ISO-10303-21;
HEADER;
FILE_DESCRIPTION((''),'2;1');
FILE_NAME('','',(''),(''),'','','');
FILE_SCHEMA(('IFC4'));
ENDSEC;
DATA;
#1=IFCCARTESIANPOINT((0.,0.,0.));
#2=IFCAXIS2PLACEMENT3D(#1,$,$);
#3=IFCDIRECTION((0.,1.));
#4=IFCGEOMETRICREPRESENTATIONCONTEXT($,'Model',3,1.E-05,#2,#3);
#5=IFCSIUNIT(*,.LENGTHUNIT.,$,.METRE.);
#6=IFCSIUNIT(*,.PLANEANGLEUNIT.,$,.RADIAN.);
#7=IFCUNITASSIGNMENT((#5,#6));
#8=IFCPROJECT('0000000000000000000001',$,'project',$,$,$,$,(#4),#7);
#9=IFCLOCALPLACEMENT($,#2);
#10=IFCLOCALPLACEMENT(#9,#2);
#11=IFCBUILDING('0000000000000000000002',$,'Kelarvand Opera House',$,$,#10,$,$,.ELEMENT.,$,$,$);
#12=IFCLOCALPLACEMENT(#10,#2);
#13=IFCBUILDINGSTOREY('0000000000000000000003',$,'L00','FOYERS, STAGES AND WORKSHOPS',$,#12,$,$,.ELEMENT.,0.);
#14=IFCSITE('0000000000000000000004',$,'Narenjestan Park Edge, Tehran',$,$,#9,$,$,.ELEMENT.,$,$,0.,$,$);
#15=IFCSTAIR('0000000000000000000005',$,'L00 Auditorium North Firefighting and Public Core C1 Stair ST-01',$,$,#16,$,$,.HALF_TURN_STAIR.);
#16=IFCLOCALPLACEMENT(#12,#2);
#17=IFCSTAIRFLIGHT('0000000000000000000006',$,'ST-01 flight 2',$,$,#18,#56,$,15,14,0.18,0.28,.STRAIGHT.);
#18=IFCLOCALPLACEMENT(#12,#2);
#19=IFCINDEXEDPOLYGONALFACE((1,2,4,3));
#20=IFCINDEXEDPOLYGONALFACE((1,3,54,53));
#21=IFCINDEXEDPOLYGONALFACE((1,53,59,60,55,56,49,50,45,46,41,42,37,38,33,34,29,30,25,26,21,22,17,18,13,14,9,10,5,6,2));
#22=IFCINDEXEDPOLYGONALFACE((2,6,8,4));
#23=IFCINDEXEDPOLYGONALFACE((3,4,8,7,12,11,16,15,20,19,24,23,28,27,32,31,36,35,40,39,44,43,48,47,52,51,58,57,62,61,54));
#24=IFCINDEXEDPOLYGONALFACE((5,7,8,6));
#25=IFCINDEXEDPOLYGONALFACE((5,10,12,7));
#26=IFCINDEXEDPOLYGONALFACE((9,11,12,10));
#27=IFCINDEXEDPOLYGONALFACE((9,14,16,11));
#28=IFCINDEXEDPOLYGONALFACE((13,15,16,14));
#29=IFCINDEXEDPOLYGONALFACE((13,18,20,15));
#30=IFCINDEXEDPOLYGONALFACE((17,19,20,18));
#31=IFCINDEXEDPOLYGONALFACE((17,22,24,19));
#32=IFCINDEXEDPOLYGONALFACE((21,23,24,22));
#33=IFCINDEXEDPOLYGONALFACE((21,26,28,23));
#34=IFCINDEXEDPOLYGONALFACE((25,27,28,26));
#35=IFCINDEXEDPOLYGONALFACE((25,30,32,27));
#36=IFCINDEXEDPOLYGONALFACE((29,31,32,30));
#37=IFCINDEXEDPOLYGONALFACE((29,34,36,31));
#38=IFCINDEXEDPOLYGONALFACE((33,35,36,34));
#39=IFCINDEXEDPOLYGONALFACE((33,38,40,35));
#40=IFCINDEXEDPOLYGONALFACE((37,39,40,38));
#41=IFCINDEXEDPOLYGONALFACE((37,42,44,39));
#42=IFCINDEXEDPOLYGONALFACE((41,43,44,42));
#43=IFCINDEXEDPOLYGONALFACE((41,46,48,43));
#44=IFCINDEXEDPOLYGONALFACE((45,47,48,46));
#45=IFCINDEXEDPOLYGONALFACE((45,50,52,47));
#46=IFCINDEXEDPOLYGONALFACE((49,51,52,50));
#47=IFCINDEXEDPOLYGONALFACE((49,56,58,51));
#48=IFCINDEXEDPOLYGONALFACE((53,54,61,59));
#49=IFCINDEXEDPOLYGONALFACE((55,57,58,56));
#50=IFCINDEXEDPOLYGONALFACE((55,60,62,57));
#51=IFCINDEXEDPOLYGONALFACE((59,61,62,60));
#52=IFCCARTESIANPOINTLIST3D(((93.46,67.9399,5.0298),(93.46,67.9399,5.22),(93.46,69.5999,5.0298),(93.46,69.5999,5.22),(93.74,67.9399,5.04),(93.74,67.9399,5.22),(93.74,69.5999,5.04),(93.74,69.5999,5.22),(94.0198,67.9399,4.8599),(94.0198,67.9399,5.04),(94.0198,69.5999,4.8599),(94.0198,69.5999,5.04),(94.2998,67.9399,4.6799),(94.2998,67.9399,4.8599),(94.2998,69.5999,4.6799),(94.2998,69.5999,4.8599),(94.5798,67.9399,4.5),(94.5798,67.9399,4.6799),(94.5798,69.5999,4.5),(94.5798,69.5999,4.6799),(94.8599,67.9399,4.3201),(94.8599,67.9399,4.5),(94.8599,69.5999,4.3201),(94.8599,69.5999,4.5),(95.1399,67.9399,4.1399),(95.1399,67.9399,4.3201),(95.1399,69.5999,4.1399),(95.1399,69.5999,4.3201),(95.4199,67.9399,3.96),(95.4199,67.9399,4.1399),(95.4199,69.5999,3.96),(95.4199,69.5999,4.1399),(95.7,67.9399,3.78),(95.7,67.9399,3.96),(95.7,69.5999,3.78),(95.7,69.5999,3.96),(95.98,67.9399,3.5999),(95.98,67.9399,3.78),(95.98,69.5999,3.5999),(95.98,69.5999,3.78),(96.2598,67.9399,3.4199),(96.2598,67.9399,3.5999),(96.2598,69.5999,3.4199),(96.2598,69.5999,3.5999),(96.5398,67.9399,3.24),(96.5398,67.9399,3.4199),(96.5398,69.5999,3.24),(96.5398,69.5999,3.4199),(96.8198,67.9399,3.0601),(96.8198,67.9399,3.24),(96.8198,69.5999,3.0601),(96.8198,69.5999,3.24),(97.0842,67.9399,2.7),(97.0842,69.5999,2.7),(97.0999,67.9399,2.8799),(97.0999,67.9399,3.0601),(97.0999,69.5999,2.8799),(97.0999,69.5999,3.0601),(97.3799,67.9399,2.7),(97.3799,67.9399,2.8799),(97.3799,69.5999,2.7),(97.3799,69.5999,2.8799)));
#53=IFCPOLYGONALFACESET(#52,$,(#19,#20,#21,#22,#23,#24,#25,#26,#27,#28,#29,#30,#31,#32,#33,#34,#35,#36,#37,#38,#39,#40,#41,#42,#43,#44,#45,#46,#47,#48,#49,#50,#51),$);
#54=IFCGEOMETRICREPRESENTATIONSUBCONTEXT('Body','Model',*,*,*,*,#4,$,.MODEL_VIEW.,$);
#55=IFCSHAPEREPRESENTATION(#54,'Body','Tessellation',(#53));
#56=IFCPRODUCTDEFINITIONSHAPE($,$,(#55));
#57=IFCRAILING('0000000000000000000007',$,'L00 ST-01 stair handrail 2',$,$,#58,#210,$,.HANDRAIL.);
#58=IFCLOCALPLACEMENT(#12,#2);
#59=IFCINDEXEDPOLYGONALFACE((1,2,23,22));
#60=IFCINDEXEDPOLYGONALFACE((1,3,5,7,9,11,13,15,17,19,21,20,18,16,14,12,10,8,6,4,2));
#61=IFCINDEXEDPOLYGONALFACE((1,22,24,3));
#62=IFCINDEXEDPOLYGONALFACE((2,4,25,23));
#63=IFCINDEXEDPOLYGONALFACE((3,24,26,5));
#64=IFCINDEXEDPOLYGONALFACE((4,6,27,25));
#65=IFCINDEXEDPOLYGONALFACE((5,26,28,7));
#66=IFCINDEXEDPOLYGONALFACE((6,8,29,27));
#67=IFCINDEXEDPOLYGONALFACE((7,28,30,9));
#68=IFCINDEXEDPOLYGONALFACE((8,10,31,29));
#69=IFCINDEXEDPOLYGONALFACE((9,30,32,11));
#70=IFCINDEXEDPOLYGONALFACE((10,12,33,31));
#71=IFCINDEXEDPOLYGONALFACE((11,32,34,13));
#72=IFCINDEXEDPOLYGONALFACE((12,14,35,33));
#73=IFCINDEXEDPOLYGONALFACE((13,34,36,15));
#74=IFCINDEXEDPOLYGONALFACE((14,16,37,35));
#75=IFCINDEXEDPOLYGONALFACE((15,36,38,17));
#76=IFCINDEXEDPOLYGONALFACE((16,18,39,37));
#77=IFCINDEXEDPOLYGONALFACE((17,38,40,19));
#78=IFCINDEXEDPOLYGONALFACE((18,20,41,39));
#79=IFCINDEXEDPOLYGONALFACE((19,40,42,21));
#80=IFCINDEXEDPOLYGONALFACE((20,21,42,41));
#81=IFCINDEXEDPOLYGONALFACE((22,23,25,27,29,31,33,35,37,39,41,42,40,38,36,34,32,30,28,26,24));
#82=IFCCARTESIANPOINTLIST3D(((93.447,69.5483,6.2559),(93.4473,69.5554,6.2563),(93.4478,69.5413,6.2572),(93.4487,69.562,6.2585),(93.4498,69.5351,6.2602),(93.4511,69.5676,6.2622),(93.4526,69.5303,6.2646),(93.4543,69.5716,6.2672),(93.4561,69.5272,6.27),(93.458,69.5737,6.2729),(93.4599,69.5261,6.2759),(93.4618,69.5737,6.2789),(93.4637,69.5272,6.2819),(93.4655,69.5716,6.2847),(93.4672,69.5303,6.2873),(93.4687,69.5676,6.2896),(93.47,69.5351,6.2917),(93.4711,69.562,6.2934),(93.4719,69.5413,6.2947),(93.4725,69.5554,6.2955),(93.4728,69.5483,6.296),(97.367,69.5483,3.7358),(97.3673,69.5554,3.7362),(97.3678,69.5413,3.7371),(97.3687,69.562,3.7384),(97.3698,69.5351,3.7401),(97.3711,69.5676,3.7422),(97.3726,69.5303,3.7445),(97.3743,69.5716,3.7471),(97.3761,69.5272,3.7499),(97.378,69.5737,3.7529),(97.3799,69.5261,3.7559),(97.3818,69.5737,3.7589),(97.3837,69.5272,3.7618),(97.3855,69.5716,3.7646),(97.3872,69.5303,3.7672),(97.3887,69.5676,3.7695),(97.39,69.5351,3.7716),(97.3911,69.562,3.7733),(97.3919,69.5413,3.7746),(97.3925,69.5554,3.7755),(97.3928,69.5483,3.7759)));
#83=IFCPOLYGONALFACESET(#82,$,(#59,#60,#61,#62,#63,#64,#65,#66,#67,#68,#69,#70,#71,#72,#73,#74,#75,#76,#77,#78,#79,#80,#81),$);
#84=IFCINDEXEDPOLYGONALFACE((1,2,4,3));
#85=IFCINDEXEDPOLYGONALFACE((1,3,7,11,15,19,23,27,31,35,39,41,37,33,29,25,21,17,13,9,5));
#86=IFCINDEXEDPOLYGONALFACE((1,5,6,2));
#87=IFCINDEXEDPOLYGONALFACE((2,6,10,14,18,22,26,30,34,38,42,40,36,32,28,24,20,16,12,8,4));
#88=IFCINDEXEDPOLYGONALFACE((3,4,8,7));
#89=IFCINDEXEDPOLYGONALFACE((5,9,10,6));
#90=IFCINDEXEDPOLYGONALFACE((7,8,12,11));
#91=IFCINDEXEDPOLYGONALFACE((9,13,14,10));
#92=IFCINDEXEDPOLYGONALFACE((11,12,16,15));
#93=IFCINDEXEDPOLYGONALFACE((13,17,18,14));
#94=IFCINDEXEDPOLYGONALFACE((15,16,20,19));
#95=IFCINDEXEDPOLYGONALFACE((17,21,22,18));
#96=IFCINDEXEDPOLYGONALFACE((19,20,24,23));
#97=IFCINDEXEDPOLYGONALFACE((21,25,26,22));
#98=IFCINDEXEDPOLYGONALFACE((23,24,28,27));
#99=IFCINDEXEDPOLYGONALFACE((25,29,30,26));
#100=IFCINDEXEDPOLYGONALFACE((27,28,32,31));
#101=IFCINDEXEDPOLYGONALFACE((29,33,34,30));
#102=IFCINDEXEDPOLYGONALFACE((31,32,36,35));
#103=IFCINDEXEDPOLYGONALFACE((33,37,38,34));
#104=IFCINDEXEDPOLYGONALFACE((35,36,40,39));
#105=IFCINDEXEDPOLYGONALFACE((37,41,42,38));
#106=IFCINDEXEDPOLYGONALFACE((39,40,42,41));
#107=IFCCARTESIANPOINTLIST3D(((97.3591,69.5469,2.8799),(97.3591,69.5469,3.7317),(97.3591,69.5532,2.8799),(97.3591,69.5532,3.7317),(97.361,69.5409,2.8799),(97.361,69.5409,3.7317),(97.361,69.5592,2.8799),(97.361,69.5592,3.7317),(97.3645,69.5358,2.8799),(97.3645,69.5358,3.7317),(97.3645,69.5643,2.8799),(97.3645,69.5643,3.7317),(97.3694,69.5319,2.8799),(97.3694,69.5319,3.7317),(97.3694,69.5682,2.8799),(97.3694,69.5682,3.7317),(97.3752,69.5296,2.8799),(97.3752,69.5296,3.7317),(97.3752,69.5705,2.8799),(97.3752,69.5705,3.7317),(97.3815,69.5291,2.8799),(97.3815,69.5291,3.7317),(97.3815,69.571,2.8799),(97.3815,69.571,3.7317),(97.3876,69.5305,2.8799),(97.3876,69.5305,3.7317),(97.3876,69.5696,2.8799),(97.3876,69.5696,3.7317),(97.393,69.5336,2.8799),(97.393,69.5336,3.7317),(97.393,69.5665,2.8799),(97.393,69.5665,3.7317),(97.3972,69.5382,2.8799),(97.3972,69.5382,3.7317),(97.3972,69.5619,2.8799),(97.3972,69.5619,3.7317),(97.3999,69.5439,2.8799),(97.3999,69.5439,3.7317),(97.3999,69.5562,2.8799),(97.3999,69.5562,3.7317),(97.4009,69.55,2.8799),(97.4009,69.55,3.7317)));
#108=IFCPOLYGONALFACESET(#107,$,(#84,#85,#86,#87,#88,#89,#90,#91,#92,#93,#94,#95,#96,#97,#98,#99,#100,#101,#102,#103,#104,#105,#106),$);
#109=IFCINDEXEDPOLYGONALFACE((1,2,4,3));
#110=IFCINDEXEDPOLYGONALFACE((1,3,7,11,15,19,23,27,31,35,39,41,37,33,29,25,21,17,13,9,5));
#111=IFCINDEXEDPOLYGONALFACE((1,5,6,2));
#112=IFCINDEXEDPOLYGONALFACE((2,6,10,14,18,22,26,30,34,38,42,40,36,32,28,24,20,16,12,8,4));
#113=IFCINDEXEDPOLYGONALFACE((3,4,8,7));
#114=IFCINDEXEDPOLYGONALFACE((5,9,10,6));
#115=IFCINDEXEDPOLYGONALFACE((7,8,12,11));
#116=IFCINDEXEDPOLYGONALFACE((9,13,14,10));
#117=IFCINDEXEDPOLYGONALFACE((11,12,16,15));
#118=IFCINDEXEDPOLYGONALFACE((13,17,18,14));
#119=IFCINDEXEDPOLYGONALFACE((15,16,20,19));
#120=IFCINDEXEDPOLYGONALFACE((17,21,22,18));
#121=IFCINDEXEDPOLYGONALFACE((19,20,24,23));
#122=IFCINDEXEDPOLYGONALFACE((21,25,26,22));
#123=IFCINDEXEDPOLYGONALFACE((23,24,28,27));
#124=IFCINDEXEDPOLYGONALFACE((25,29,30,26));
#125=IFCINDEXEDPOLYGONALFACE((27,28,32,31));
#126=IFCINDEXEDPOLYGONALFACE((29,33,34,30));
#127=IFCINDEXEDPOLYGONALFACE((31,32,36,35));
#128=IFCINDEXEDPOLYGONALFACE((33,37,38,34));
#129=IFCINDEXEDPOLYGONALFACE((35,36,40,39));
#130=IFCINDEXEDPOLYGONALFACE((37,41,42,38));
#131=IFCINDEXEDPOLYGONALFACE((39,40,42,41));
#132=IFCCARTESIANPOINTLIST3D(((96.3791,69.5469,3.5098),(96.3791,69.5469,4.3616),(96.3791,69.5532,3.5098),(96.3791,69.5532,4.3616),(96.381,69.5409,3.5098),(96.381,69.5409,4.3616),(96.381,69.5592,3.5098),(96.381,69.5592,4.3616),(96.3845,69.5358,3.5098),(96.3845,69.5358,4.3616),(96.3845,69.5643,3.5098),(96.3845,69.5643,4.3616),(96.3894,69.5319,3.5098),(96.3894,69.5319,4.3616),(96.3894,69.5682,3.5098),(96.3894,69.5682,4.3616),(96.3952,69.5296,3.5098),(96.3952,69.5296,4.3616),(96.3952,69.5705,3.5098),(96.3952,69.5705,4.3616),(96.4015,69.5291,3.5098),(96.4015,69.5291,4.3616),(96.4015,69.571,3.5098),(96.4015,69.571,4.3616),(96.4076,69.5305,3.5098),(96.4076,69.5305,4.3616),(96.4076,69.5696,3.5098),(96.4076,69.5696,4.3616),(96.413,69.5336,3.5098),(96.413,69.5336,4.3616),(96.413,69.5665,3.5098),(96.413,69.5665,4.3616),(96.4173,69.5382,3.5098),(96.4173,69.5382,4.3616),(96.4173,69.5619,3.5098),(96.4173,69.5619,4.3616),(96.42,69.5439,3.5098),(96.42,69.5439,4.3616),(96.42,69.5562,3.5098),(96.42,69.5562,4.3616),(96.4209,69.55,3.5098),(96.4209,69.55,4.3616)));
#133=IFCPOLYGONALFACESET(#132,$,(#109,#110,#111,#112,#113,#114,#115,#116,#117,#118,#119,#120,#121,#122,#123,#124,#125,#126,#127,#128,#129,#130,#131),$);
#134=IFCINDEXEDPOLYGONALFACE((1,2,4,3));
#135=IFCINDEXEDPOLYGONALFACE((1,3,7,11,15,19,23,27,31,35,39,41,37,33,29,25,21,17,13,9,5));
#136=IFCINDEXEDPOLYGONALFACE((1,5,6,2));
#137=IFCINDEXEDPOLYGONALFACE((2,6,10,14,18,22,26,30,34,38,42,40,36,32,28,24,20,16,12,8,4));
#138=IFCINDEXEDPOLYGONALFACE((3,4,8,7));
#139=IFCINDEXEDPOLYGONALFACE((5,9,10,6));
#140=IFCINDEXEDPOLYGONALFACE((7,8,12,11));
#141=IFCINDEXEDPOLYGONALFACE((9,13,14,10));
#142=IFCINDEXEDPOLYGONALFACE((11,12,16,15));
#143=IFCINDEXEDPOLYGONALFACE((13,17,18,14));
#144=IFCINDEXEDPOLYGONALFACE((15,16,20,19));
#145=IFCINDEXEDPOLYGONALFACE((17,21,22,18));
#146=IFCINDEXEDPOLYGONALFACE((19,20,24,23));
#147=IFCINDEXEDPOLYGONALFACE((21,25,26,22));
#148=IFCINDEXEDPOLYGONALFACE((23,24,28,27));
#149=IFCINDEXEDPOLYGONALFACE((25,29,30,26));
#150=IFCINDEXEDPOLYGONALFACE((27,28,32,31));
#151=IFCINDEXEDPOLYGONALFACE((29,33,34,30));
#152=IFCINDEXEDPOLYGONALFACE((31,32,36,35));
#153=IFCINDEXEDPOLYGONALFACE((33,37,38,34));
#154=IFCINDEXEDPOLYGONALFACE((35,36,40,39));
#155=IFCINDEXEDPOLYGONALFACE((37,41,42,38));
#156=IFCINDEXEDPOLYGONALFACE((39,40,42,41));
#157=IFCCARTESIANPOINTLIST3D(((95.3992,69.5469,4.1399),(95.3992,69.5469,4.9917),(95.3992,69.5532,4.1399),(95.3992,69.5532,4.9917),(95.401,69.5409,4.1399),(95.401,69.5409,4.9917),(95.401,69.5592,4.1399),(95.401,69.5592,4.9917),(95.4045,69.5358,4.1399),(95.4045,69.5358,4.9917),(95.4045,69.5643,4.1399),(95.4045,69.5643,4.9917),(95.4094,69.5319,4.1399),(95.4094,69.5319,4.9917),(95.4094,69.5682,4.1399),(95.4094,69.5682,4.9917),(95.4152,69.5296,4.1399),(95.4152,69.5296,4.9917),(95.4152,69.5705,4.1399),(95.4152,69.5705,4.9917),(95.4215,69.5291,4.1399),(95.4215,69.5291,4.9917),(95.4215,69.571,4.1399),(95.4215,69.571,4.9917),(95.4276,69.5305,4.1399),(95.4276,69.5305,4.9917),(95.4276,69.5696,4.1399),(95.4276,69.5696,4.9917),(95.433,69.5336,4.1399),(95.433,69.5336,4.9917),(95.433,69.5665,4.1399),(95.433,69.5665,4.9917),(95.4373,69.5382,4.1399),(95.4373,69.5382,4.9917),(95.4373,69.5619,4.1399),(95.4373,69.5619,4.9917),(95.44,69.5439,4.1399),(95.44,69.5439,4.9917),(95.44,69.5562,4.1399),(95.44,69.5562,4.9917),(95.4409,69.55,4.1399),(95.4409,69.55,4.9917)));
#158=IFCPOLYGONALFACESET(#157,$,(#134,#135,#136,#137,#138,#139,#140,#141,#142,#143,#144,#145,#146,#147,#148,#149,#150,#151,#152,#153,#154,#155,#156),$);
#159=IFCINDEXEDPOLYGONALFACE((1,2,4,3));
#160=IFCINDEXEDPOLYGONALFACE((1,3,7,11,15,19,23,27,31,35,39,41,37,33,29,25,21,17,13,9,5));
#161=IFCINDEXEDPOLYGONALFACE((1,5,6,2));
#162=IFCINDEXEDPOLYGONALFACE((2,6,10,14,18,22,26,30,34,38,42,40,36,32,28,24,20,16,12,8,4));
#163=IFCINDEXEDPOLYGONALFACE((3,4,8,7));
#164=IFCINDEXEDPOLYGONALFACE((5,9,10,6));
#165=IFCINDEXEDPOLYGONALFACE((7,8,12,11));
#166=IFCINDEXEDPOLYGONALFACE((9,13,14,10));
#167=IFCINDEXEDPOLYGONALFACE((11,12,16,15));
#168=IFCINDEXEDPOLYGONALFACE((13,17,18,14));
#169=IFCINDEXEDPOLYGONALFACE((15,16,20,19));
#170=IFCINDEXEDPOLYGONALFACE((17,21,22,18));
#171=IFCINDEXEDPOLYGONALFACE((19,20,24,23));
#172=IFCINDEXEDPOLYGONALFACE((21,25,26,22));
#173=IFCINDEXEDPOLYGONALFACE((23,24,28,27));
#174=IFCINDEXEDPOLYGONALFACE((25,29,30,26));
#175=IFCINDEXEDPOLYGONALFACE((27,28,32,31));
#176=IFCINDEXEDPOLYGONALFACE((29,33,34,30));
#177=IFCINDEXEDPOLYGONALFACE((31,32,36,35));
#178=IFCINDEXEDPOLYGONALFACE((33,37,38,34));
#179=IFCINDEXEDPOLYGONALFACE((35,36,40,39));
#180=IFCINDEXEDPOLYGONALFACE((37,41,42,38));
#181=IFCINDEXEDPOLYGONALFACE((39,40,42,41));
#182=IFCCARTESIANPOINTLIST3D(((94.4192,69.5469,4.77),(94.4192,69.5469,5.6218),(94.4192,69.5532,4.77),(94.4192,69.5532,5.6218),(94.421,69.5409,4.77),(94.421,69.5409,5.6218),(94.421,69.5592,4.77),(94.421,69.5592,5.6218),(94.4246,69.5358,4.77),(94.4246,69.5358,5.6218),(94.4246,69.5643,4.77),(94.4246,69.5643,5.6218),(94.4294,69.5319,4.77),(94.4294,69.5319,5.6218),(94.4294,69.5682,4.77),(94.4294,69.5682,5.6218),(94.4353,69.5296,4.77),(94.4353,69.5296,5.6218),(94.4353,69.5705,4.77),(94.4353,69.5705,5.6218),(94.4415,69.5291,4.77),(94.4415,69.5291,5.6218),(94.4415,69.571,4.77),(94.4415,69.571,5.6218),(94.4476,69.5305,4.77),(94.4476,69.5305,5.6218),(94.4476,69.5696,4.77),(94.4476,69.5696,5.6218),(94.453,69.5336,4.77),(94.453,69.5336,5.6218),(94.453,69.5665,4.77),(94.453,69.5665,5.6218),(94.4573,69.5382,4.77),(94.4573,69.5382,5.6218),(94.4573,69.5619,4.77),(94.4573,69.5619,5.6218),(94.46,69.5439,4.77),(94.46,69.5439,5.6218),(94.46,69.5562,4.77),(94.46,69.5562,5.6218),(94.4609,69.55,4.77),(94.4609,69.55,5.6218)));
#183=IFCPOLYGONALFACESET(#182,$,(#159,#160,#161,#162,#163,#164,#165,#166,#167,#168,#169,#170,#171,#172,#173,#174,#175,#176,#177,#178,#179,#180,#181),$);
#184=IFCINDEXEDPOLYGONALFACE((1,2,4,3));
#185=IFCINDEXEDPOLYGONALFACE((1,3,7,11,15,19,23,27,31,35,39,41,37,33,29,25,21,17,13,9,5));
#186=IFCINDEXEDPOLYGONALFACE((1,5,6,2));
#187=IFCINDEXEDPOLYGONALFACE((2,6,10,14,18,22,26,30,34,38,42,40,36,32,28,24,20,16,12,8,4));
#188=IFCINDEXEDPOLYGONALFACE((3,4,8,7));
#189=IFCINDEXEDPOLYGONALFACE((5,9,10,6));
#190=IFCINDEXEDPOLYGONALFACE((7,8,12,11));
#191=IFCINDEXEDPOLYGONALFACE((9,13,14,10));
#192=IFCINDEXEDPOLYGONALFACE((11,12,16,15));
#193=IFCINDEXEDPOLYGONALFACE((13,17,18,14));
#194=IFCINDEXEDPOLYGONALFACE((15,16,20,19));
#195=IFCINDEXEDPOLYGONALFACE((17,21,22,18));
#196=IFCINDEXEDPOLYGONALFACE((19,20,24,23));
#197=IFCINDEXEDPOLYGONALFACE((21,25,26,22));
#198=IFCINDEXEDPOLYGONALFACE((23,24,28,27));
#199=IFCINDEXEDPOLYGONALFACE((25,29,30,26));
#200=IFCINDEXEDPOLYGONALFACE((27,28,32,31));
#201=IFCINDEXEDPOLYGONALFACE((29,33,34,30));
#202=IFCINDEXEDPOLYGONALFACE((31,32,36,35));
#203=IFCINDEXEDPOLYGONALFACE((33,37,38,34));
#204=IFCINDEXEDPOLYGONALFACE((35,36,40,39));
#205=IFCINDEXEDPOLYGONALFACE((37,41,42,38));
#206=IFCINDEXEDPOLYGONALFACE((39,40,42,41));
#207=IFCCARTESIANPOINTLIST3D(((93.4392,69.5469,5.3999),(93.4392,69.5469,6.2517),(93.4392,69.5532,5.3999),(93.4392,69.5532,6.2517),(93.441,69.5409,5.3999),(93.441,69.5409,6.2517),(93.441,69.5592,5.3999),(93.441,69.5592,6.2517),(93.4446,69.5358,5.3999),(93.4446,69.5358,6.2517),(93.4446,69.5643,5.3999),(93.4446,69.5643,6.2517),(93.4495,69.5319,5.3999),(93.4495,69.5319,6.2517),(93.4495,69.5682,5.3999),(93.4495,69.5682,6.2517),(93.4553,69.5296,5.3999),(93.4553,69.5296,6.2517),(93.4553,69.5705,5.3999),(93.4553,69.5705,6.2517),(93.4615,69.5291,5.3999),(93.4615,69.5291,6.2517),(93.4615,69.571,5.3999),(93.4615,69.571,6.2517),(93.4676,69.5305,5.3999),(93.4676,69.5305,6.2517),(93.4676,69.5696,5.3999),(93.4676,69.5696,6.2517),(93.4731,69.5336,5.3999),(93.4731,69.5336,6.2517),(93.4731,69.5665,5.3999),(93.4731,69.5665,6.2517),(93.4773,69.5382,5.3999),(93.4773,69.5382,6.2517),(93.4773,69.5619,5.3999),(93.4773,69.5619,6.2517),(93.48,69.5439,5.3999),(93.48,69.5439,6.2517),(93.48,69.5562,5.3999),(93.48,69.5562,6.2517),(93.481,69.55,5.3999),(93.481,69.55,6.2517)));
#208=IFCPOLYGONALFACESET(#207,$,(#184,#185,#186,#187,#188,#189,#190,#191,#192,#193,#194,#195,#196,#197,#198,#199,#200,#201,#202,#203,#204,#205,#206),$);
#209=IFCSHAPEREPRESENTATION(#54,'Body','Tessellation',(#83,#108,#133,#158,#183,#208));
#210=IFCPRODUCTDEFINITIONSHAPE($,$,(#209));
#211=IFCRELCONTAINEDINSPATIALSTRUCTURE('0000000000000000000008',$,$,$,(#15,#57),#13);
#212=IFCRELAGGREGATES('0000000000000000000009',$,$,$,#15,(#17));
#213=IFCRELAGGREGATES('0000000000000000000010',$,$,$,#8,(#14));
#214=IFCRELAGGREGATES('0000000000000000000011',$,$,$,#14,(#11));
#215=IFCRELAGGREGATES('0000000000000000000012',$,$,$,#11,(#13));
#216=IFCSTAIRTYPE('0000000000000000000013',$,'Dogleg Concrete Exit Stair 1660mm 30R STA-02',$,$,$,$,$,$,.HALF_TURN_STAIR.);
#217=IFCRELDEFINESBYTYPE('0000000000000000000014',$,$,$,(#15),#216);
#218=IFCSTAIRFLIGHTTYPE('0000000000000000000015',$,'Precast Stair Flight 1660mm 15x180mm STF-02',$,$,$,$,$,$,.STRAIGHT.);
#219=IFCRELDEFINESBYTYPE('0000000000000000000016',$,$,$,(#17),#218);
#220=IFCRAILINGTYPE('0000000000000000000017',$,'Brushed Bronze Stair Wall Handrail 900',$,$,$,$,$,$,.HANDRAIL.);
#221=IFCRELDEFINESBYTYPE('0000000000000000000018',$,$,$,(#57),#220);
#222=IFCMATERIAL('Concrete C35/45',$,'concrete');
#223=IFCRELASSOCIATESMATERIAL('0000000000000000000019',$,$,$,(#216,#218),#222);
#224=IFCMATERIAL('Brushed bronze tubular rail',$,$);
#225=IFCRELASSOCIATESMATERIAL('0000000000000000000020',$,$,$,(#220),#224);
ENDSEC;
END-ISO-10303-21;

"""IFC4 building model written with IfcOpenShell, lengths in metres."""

from ifc_helpers import new_model, si_unit, direction, frame, origin, origin_2d, place, context, subcontext, project, spatial, polyline, circle, outline, extrude, material, type_object, element, aggregate, save


model = new_model("IFC4")

# Units and contexts
model_context = context("Model", 3, precision=1e-05, world=origin(), true_north=direction((0.0, 1.0)))
body_context = subcontext(model_context, "Body", "Model", "MODEL_VIEW")
ifc_project = project(units=[si_unit("LENGTHUNIT", "METRE"), si_unit("PLANEANGLEUNIT", "RADIAN")], contexts=[model_context])

# Site, building, storey
site_placement = place(None, origin())
site = spatial("IfcSite", under=ifc_project, at=site_placement, Name="Narenjestan Park Edge, Tehran", CompositionType="ELEMENT", RefElevation=0.0)
building_placement = place(site_placement, origin())
building = spatial("IfcBuilding", under=site, at=building_placement, Name="Kelarvand Opera House", CompositionType="ELEMENT")
storey_placement = place(building_placement, origin())
storey = spatial("IfcBuildingStorey", under=building, at=storey_placement, Name="L00", Description="FOYERS, STAGES AND WORKSHOPS", CompositionType="ELEMENT", Elevation=0.0)

# Shared definitions
ifc_material_1 = material(Name="Concrete C35/45", Category="concrete")

# Stair, stair flight
stair_type = type_object("IfcStairType", Name="Dogleg Concrete Exit Stair 1660mm 30R STA-02", PredefinedType="HALF_TURN_STAIR", material=ifc_material_1)
stair_placement = place(storey_placement, origin())
stair = element("IfcStair", 1, at=stair_placement, inside=storey, type_object=stair_type, Name="L00 Auditorium North Firefighting and Public Core C1 Stair ST-01", PredefinedType="HALF_TURN_STAIR")
stair_flight_type = type_object("IfcStairFlightType", Name="Precast Stair Flight 1660mm 15x180mm STF-02", PredefinedType="STRAIGHT", material=ifc_material_1)
stair_flight_placement = place(storey_placement, frame((97.3799, 68.77, 2.7), z_axis=(0.0, 0.0, 1.0), x_axis=(-1.0, 0.0, 0.0)))
stair_flight = element("IfcStairFlight", 2, at=stair_flight_placement, type_object=stair_flight_type, Name="ST-01 flight 2", NumberOfRisers=15, NumberOfTreads=14, PredefinedType="STRAIGHT", RiserHeight=0.18, TreadLength=0.28, context=body_context, shape_type="SweptSolid", body=[
    extrude(outline(polyline([(0.0, 0.0), (0.0, 0.1799), (0.28, 0.1799), (0.28, 0.3601), (0.5601, 0.3601), (0.5601, 0.54), (0.8401, 0.54), (0.8401, 0.72), (1.1201, 0.72), (1.1201, 0.8999), (1.3999, 0.8999), (1.3999, 1.0801), (1.6799, 1.0801), (1.6799, 1.26), (1.96, 1.26), (1.96, 1.4399), (2.24, 1.4399), (2.24, 1.6201), (2.52, 1.6201), (2.52, 1.8), (2.8, 1.8), (2.8, 1.98), (3.0801, 1.98), (3.0801, 2.1599), (3.3601, 2.1599), (3.3601, 2.3401), (3.6399, 2.3401), (3.6399, 2.52), (3.9199, 2.52), (3.9199, 2.7), (3.9199, 2.3298), (0.2957, 0.0), (0.0, 0.0)])), frame((0.0, 0.8301, 0.0), z_axis=(0.0, -1.0, 0.0), x_axis=(1.0, 0.0, 0.0)), (0.0, 0.0, 1.0), 1.6599),
])
aggregate(stair, [stair_flight])

# Railing
ifc_material_2 = material(Name="Brushed bronze tubular rail")
railing_type_1 = type_object("IfcRailingType", Name="Brushed Bronze Stair Wall Handrail 900", PredefinedType="HANDRAIL", material=ifc_material_2)
railing_1_placement = place(storey_placement, frame((97.3799, 69.55, 2.8799)))
element("IfcRailing", 3, at=railing_1_placement, inside=storey, type_object=railing_type_1, Name="L00 ST-01 stair handrail 2", PredefinedType="HANDRAIL", context=body_context, shape_type="SweptSolid", body=[
    extrude(circle(Radius=0.0239, at=origin_2d()), frame((0.0, 0.0, 0.876), z_axis=(-0.841172, 0.0, 0.540768), x_axis=(0.0, -1.0, 0.0)), (0.0, 0.0, 1.0), 4.6602),
    extrude(circle(Radius=0.021, at=origin_2d()), origin(), (0.0, 0.0, 1.0), 0.8518),
    extrude(circle(Radius=0.021, at=origin_2d()), frame((-0.98, 0.0, 0.6299)), (0.0, 0.0, 1.0), 0.8518),
    extrude(circle(Radius=0.021, at=origin_2d()), frame((-1.96, 0.0, 1.26)), (0.0, 0.0, 1.0), 0.8518),
    extrude(circle(Radius=0.021, at=origin_2d()), frame((-2.9399, 0.0, 1.8901)), (0.0, 0.0, 1.0), 0.8518),
    extrude(circle(Radius=0.021, at=origin_2d()), frame((-3.9199, 0.0, 2.52)), (0.0, 0.0, 1.0), 0.8518),
])

save(model, "model.ifc")
